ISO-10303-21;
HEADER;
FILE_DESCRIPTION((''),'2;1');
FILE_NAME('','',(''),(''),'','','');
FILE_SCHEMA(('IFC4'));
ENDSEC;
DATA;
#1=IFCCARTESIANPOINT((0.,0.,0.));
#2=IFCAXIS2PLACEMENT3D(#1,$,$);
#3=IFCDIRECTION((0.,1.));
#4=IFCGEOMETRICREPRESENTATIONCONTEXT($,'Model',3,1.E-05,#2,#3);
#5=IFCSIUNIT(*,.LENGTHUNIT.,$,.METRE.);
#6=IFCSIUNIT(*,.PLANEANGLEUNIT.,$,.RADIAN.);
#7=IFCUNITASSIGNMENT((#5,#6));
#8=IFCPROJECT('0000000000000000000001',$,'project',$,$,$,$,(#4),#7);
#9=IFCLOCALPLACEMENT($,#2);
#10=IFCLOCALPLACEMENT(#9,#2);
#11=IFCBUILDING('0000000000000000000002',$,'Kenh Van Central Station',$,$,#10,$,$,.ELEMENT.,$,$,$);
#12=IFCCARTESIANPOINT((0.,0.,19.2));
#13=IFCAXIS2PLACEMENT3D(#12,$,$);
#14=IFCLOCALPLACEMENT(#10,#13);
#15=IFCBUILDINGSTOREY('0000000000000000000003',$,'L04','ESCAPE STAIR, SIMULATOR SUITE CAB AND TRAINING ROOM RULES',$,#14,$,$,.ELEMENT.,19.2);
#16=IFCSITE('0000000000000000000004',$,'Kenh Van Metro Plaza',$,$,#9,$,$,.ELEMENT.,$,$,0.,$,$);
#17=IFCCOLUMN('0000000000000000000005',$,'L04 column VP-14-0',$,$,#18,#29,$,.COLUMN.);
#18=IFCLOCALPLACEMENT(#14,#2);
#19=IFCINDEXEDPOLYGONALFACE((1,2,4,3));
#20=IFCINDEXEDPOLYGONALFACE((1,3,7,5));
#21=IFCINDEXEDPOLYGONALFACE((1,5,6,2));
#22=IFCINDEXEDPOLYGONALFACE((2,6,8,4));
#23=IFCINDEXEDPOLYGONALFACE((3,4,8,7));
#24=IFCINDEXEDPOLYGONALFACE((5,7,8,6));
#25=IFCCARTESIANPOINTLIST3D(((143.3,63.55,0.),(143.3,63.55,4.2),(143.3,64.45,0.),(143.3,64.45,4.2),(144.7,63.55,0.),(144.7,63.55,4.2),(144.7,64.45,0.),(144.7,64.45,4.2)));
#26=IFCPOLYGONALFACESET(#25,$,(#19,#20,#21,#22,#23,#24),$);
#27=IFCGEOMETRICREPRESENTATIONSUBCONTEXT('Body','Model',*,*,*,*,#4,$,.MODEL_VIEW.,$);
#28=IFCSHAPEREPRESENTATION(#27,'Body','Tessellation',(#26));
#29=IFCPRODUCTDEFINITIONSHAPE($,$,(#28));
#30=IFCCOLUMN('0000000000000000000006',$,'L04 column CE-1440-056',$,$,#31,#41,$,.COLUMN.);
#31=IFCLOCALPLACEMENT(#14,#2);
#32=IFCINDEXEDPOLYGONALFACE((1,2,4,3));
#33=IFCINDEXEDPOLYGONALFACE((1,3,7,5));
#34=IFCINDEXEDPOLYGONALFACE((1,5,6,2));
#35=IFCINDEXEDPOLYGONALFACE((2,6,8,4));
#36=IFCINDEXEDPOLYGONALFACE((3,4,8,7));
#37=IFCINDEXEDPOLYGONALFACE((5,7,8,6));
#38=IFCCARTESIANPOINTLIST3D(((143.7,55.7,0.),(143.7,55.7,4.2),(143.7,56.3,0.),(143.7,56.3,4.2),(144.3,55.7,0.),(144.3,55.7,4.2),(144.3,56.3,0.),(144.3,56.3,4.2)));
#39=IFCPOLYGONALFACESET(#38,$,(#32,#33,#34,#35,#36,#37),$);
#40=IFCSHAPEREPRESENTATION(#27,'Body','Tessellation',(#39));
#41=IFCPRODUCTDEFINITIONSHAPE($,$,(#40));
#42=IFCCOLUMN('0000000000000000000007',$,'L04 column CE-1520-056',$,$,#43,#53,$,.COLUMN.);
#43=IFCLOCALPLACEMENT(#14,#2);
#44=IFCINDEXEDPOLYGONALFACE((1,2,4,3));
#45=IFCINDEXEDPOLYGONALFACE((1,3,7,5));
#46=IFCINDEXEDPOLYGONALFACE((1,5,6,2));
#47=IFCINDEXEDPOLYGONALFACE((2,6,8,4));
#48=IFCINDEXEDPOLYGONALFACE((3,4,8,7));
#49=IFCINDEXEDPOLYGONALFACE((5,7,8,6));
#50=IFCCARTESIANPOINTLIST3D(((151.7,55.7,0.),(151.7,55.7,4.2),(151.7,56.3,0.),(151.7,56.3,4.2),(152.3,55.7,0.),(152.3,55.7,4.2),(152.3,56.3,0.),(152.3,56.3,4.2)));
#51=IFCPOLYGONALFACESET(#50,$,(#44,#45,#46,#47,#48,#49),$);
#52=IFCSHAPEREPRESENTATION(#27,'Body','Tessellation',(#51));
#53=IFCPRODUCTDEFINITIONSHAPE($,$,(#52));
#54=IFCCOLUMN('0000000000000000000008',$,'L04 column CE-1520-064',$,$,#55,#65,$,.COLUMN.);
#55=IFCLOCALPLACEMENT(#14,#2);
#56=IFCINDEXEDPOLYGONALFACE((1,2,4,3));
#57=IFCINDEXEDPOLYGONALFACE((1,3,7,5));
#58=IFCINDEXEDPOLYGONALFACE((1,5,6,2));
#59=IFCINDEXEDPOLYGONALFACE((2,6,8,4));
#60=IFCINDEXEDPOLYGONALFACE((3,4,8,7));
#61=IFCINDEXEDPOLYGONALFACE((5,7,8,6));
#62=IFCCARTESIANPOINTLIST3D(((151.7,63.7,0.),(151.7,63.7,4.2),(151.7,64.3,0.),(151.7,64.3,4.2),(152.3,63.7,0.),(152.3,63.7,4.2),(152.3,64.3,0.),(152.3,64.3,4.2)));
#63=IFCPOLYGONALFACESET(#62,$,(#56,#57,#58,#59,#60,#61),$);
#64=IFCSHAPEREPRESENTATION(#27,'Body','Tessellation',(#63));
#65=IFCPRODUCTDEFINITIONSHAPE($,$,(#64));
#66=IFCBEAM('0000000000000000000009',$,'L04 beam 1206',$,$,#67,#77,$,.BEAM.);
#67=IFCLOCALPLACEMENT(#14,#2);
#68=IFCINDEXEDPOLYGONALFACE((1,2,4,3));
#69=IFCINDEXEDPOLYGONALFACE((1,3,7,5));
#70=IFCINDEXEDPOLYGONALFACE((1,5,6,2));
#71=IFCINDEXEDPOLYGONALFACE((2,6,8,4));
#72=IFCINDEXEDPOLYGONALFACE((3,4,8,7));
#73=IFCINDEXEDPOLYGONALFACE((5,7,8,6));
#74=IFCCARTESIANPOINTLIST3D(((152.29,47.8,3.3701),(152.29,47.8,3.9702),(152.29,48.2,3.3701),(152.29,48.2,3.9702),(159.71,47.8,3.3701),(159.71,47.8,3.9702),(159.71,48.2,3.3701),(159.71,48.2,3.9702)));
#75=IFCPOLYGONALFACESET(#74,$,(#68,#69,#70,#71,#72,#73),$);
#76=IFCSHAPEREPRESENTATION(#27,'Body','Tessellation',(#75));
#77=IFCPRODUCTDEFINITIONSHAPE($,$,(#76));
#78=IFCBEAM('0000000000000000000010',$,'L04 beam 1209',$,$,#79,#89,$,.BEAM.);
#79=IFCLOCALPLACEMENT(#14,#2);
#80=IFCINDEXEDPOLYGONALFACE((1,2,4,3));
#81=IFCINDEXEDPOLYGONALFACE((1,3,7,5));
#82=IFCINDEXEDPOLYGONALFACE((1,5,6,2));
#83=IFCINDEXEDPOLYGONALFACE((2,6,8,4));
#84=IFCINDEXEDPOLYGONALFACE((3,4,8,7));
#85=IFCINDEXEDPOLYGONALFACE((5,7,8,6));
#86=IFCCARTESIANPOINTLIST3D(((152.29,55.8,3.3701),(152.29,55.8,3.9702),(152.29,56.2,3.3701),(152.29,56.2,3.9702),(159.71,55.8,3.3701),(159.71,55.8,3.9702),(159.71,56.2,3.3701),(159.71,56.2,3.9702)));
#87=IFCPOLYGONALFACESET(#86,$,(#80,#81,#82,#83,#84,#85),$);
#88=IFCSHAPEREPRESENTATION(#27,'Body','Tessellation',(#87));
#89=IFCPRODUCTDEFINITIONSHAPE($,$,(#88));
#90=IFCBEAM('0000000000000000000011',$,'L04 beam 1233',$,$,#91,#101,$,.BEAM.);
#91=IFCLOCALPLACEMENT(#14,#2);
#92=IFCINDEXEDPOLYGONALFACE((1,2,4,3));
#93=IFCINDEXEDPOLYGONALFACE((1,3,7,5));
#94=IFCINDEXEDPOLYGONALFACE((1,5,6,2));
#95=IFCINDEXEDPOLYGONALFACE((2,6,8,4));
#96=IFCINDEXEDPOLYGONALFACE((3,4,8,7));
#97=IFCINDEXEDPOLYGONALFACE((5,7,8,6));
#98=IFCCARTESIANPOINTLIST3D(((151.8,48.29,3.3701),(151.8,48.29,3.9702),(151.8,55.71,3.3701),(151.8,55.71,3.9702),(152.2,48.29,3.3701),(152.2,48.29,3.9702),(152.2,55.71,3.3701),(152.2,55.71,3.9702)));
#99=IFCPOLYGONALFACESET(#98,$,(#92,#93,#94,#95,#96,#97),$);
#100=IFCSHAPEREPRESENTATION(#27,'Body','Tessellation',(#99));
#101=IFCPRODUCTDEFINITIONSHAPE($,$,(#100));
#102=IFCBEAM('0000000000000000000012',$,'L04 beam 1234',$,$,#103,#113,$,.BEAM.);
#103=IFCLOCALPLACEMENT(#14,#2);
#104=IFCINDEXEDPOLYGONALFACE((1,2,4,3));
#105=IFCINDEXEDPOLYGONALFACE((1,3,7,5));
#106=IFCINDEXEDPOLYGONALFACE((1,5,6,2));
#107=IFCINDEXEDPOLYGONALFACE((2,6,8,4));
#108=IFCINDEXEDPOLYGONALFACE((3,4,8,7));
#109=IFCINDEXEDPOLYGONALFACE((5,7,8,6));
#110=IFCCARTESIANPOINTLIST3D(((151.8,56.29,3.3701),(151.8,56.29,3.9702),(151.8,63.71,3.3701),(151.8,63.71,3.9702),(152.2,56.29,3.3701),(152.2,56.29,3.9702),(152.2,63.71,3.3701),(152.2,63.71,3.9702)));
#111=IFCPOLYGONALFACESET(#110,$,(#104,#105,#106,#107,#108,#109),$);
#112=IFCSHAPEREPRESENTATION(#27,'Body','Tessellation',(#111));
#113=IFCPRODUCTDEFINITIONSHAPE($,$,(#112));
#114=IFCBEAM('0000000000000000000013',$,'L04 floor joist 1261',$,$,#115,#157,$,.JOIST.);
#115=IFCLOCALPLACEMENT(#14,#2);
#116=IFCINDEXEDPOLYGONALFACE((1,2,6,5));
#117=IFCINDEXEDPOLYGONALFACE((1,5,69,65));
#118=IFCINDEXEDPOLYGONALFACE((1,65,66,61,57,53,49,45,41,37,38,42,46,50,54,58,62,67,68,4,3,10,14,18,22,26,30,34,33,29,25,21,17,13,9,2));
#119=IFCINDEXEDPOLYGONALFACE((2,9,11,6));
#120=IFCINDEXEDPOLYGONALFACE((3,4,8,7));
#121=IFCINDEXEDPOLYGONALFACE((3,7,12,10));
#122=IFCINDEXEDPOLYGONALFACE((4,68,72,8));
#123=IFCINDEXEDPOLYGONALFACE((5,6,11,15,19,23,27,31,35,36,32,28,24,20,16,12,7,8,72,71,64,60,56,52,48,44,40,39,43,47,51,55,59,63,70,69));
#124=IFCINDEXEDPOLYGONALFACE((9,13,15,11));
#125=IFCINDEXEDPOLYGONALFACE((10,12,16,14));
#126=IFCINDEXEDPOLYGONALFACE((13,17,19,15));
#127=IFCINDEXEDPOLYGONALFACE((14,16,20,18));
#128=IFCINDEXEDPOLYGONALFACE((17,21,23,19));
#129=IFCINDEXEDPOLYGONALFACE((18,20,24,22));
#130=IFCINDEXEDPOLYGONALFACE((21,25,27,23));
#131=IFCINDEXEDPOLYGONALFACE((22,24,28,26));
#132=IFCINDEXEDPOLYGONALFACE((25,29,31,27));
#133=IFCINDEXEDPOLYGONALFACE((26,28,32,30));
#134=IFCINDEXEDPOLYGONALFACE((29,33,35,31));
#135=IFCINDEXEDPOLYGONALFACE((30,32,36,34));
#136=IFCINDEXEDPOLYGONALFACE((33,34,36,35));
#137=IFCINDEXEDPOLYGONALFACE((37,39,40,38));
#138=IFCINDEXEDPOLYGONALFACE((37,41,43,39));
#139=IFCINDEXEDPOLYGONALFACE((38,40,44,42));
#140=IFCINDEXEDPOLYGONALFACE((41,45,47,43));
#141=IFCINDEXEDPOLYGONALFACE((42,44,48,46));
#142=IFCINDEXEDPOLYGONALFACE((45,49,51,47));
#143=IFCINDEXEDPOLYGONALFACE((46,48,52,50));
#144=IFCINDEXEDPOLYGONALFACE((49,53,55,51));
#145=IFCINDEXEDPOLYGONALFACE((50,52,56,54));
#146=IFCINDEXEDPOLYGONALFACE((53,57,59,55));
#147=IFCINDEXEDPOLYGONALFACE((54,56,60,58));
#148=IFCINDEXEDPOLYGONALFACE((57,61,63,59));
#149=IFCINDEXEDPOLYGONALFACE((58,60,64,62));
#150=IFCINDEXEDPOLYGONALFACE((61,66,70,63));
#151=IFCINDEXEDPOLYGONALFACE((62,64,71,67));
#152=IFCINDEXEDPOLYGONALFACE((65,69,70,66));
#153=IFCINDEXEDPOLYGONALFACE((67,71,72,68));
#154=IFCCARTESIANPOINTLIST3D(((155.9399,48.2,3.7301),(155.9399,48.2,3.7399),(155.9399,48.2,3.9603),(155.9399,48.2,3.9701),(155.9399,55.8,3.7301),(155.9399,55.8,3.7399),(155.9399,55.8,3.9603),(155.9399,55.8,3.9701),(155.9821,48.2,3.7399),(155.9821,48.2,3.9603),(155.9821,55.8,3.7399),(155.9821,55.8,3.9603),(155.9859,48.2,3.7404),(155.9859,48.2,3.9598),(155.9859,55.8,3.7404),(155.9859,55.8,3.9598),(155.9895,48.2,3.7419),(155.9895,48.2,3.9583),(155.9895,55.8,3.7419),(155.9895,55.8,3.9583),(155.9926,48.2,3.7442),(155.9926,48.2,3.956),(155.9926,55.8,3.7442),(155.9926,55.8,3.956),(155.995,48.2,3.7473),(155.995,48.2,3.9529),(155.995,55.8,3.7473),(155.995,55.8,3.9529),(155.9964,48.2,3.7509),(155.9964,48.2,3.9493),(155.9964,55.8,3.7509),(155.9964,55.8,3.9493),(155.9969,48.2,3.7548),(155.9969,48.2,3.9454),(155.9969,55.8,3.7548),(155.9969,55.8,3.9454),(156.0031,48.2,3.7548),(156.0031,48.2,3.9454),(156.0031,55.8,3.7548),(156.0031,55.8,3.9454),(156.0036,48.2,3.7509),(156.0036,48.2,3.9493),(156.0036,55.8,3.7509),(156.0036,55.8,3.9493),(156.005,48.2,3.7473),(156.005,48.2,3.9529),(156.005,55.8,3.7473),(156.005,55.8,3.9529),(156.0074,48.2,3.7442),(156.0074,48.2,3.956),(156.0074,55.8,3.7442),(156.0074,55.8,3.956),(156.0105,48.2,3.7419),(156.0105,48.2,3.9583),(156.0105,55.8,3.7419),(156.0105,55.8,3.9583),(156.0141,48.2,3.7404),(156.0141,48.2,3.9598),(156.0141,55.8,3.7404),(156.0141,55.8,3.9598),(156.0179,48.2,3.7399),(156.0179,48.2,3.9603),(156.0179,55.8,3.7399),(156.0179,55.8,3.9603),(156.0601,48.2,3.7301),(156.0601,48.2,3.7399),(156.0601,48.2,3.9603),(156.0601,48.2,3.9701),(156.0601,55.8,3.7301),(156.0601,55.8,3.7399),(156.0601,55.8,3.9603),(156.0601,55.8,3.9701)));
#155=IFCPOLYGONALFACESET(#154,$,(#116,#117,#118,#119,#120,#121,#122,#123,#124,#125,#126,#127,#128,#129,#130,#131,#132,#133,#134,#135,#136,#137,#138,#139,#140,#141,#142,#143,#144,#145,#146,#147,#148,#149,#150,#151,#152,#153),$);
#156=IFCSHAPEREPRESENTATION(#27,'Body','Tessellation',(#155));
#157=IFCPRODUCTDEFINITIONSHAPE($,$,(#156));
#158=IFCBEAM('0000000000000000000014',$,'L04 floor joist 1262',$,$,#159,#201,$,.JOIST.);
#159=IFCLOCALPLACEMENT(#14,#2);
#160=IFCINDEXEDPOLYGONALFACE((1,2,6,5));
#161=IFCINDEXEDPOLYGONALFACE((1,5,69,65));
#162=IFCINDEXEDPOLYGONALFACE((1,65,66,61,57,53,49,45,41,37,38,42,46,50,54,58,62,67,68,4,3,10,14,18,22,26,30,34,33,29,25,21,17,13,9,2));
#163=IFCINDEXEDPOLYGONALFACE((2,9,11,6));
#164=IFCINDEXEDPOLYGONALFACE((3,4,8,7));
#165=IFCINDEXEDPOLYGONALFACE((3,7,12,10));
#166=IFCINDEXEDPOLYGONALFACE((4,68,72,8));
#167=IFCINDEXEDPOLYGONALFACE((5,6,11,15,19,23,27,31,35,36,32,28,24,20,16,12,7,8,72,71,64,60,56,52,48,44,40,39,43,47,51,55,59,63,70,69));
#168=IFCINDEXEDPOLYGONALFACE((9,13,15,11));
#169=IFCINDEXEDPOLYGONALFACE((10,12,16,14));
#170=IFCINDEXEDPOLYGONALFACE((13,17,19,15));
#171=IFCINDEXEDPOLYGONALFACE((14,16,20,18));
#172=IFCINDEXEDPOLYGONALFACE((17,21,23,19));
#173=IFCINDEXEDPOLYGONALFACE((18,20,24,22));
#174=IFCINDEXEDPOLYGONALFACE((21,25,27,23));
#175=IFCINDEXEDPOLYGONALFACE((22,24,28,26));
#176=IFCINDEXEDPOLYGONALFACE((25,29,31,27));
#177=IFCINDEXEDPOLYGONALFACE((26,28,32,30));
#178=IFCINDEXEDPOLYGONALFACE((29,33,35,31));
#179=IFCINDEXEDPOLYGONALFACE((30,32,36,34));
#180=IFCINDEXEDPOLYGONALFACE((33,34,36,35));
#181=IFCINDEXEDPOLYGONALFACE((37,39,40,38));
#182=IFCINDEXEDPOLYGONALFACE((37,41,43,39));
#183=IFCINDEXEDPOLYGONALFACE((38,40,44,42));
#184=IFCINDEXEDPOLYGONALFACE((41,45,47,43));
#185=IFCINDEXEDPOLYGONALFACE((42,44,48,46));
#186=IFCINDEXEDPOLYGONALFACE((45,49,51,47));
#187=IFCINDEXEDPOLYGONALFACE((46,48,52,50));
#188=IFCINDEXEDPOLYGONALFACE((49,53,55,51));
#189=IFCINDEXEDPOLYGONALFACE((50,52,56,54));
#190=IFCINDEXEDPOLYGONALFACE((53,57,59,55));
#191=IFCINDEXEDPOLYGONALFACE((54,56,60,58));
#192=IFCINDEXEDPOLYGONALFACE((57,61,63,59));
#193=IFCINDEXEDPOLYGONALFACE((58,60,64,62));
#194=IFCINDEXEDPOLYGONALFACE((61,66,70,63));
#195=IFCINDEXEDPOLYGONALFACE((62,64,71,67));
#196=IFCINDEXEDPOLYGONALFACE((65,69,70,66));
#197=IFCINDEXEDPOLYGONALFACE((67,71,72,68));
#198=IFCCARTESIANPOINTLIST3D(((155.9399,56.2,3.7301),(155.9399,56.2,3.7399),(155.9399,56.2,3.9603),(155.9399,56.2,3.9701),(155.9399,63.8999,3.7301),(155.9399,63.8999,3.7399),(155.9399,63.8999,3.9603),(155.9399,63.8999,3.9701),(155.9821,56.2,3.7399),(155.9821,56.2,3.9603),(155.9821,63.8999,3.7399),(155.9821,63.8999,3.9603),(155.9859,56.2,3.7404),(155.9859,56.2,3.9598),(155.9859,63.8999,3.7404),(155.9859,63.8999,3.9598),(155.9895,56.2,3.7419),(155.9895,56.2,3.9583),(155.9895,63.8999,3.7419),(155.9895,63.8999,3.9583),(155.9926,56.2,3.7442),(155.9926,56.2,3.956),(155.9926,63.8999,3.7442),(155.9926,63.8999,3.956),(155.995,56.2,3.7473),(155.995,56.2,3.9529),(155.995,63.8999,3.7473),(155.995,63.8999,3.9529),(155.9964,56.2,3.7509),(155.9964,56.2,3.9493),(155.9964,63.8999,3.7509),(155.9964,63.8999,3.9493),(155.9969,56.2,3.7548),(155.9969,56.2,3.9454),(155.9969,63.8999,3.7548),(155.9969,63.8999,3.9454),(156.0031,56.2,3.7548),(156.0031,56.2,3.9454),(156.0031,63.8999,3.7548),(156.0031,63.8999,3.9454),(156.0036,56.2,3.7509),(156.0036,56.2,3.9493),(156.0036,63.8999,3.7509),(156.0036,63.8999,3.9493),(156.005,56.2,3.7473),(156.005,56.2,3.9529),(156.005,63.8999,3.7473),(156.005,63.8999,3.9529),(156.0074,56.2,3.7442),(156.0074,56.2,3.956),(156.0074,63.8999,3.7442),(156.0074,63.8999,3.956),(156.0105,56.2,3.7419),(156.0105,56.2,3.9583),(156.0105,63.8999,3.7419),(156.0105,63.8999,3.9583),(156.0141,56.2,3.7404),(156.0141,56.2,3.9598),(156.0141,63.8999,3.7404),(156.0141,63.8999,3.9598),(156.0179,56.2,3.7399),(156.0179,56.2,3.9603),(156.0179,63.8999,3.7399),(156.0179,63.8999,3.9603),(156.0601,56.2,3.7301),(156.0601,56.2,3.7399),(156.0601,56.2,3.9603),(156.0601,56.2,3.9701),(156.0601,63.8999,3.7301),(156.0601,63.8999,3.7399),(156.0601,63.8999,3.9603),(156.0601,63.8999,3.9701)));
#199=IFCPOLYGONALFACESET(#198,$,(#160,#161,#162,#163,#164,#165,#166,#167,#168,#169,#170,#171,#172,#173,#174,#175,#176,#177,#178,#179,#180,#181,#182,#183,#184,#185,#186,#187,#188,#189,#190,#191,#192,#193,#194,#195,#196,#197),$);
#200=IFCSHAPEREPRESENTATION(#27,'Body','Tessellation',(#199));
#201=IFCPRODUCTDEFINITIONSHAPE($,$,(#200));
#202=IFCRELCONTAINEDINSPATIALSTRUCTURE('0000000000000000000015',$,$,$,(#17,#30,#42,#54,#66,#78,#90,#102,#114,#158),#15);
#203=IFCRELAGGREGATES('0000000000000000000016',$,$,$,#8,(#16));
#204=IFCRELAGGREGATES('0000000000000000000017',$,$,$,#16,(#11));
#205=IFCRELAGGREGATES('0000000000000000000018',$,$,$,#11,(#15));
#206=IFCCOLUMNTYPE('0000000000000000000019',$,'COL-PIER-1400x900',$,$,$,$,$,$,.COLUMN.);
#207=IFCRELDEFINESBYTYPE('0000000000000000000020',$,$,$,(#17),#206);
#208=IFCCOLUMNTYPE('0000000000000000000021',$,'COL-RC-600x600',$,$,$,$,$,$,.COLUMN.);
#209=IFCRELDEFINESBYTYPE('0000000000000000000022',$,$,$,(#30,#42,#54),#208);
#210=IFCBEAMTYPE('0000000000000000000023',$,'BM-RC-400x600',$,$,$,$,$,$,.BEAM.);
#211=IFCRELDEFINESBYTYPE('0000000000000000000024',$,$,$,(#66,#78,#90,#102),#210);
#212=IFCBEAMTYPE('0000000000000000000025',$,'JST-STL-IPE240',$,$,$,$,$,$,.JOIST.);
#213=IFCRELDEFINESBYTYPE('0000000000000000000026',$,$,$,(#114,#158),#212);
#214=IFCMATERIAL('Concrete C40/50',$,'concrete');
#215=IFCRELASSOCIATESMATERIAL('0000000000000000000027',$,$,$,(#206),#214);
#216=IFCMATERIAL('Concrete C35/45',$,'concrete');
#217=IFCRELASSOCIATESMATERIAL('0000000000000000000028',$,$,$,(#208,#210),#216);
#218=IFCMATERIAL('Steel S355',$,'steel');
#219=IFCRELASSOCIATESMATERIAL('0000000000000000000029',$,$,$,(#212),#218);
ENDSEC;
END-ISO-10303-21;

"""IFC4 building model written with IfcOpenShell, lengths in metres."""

from ifc_helpers import new_model, si_unit, direction, frame, origin, origin_2d, place, context, subcontext, project, spatial, rectangle, i_section, extrude, material, material_profile, profile_set, type_object, element, save


model = new_model("IFC4")

# Units and contexts
model_context = context("Model", 3, precision=1e-05, world=origin(), true_north=direction((0.0, 1.0)))
body_context = subcontext(model_context, "Body", "Model", "MODEL_VIEW")
ifc_project = project(units=[si_unit("LENGTHUNIT", "METRE"), si_unit("PLANEANGLEUNIT", "RADIAN")], contexts=[model_context])

# Site, building, storey
site_placement = place(None, origin())
site = spatial("IfcSite", under=ifc_project, at=site_placement, Name="Kenh Van Metro Plaza", CompositionType="ELEMENT", RefElevation=0.0)
building_placement = place(site_placement, origin())
building = spatial("IfcBuilding", under=site, at=building_placement, Name="Kenh Van Central Station", CompositionType="ELEMENT")
storey_placement = place(building_placement, frame((0.0, 0.0, 19.2)))
storey = spatial("IfcBuildingStorey", under=building, at=storey_placement, Name="L04", Description="ESCAPE STAIR, SIMULATOR SUITE CAB AND TRAINING ROOM RULES", CompositionType="ELEMENT", Elevation=19.2)

# Columns
ifc_material_1 = material(Name="Concrete C40/50", Category="concrete")
ifc_material_profile_1 = material_profile(ifc_material_1, rectangle(XDim=1.3999, YDim=0.8999, at=origin_2d()), Name="RC 1400x900")
ifc_profile_set_1 = profile_set([ifc_material_profile_1], Name="Concrete C40/50")
column_type_1 = type_object("IfcColumnType", Name="COL-PIER-1400x900", PredefinedType="COLUMN", material=ifc_profile_set_1)
column_placement = place(storey_placement, frame((144.0, 64.0, 0.0), z_axis=(0.0, 0.0, 1.0), x_axis=(1.0, 0.0, 0.0)))
element("IfcColumn", 1, at=column_placement, inside=storey, type_object=column_type_1, Name="L04 column VP-14-0", PredefinedType="COLUMN", context=body_context, shape_type="SweptSolid", body=[
    extrude(rectangle(XDim=1.3999, YDim=0.8999, at=origin_2d()), origin(), (0.0, 0.0, 1.0), 4.2),
])
ifc_material_2 = material(Name="Concrete C35/45", Category="concrete")
ifc_material_profile_2 = material_profile(ifc_material_2, rectangle(XDim=0.6001, YDim=0.6001, at=origin_2d()), Name="RC 600x600")
ifc_profile_set_2 = profile_set([ifc_material_profile_2], Name="Concrete C35/45")
column_type_2 = type_object("IfcColumnType", Name="COL-RC-600x600", PredefinedType="COLUMN", material=ifc_profile_set_2)
for number, where, z_axis, x_axis, name in (
    (2, (144.0, 56.0, 0.0), (0.0, 0.0, 1.0), (1.0, 0.0, 0.0), "L04 column CE-1440-056"),
    (3, (152.0, 56.0, 0.0), (0.0, 0.0, 1.0), (1.0, 0.0, 0.0), "L04 column CE-1520-056"),
    (4, (152.0, 64.0, 0.0), (0.0, 0.0, 1.0), (1.0, 0.0, 0.0), "L04 column CE-1520-064"),
):
    element("IfcColumn", number, at=place(storey_placement, frame(where, z_axis=z_axis, x_axis=x_axis)), inside=storey, type_object=column_type_2, Name=name, PredefinedType="COLUMN", context=body_context, shape_type="SweptSolid", body=[
        extrude(rectangle(XDim=0.6001, YDim=0.6001, at=origin_2d()), origin(), (0.0, 0.0, 1.0), 4.2),
    ])

# Beams
ifc_material_profile_3 = material_profile(ifc_material_2, rectangle(XDim=0.3999, YDim=0.6001, at=origin_2d()), Name="RC 400x600")
ifc_profile_set_3 = profile_set([ifc_material_profile_3], Name="Concrete C35/45")
beam_type_1 = type_object("IfcBeamType", Name="BM-RC-400x600", PredefinedType="BEAM", material=ifc_profile_set_3)
for number, where, z_axis, x_axis, name in (
    (5, (152.29, 48.0, 3.6702), (1.0, 0.0, 0.0), (0.0, 1.0, 0.0), "L04 beam 1206"),
    (6, (152.29, 56.0, 3.6702), (1.0, 0.0, 0.0), (0.0, 1.0, 0.0), "L04 beam 1209"),
    (7, (152.0, 48.29, 3.6702), (0.0, 1.0, 0.0), (-1.0, 0.0, 0.0), "L04 beam 1233"),
    (8, (152.0, 56.29, 3.6702), (0.0, 1.0, 0.0), (-1.0, 0.0, 0.0), "L04 beam 1234"),
):
    element("IfcBeam", number, at=place(storey_placement, frame(where, z_axis=z_axis, x_axis=x_axis)), inside=storey, type_object=beam_type_1, Name=name, PredefinedType="BEAM", context=body_context, shape_type="SweptSolid", body=[
        extrude(rectangle(XDim=0.3999, YDim=0.6001, at=origin_2d()), origin(), (0.0, 0.0, 1.0), 7.4199),
    ])
ifc_material_3 = material(Name="Steel S355", Category="steel")
ifc_material_profile_4 = material_profile(ifc_material_3, i_section(OverallWidth=0.1201, OverallDepth=0.24, WebThickness=0.0061, FlangeThickness=0.0098, FilletRadius=0.0149, at=origin_2d()), Name="IPE 240")
ifc_profile_set_4 = profile_set([ifc_material_profile_4], Name="Steel S355")
beam_type_2 = type_object("IfcBeamType", Name="JST-STL-IPE240", PredefinedType="JOIST", material=ifc_profile_set_4)
beam_1_placement = place(storey_placement, frame((156.0, 48.2, 3.8501), z_axis=(0.0, 1.0, 0.0), x_axis=(-1.0, 0.0, 0.0)))
element("IfcBeam", 9, at=beam_1_placement, inside=storey, type_object=beam_type_2, Name="L04 floor joist 1261", PredefinedType="JOIST", context=body_context, shape_type="SweptSolid", body=[
    extrude(i_section(OverallWidth=0.1201, OverallDepth=0.24, WebThickness=0.0061, FlangeThickness=0.0098, FilletRadius=0.0149, at=origin_2d()), origin(), (0.0, 0.0, 1.0), 7.6001),
])
beam_2_placement = place(storey_placement, frame((156.0, 56.2, 3.8501), z_axis=(0.0, 1.0, 0.0), x_axis=(-1.0, 0.0, 0.0)))
element("IfcBeam", 10, at=beam_2_placement, inside=storey, type_object=beam_type_2, Name="L04 floor joist 1262", PredefinedType="JOIST", context=body_context, shape_type="SweptSolid", body=[
    extrude(i_section(OverallWidth=0.1201, OverallDepth=0.24, WebThickness=0.0061, FlangeThickness=0.0098, FilletRadius=0.0149, at=origin_2d()), origin(), (0.0, 0.0, 1.0), 7.7),
])

save(model, "model.ifc")
